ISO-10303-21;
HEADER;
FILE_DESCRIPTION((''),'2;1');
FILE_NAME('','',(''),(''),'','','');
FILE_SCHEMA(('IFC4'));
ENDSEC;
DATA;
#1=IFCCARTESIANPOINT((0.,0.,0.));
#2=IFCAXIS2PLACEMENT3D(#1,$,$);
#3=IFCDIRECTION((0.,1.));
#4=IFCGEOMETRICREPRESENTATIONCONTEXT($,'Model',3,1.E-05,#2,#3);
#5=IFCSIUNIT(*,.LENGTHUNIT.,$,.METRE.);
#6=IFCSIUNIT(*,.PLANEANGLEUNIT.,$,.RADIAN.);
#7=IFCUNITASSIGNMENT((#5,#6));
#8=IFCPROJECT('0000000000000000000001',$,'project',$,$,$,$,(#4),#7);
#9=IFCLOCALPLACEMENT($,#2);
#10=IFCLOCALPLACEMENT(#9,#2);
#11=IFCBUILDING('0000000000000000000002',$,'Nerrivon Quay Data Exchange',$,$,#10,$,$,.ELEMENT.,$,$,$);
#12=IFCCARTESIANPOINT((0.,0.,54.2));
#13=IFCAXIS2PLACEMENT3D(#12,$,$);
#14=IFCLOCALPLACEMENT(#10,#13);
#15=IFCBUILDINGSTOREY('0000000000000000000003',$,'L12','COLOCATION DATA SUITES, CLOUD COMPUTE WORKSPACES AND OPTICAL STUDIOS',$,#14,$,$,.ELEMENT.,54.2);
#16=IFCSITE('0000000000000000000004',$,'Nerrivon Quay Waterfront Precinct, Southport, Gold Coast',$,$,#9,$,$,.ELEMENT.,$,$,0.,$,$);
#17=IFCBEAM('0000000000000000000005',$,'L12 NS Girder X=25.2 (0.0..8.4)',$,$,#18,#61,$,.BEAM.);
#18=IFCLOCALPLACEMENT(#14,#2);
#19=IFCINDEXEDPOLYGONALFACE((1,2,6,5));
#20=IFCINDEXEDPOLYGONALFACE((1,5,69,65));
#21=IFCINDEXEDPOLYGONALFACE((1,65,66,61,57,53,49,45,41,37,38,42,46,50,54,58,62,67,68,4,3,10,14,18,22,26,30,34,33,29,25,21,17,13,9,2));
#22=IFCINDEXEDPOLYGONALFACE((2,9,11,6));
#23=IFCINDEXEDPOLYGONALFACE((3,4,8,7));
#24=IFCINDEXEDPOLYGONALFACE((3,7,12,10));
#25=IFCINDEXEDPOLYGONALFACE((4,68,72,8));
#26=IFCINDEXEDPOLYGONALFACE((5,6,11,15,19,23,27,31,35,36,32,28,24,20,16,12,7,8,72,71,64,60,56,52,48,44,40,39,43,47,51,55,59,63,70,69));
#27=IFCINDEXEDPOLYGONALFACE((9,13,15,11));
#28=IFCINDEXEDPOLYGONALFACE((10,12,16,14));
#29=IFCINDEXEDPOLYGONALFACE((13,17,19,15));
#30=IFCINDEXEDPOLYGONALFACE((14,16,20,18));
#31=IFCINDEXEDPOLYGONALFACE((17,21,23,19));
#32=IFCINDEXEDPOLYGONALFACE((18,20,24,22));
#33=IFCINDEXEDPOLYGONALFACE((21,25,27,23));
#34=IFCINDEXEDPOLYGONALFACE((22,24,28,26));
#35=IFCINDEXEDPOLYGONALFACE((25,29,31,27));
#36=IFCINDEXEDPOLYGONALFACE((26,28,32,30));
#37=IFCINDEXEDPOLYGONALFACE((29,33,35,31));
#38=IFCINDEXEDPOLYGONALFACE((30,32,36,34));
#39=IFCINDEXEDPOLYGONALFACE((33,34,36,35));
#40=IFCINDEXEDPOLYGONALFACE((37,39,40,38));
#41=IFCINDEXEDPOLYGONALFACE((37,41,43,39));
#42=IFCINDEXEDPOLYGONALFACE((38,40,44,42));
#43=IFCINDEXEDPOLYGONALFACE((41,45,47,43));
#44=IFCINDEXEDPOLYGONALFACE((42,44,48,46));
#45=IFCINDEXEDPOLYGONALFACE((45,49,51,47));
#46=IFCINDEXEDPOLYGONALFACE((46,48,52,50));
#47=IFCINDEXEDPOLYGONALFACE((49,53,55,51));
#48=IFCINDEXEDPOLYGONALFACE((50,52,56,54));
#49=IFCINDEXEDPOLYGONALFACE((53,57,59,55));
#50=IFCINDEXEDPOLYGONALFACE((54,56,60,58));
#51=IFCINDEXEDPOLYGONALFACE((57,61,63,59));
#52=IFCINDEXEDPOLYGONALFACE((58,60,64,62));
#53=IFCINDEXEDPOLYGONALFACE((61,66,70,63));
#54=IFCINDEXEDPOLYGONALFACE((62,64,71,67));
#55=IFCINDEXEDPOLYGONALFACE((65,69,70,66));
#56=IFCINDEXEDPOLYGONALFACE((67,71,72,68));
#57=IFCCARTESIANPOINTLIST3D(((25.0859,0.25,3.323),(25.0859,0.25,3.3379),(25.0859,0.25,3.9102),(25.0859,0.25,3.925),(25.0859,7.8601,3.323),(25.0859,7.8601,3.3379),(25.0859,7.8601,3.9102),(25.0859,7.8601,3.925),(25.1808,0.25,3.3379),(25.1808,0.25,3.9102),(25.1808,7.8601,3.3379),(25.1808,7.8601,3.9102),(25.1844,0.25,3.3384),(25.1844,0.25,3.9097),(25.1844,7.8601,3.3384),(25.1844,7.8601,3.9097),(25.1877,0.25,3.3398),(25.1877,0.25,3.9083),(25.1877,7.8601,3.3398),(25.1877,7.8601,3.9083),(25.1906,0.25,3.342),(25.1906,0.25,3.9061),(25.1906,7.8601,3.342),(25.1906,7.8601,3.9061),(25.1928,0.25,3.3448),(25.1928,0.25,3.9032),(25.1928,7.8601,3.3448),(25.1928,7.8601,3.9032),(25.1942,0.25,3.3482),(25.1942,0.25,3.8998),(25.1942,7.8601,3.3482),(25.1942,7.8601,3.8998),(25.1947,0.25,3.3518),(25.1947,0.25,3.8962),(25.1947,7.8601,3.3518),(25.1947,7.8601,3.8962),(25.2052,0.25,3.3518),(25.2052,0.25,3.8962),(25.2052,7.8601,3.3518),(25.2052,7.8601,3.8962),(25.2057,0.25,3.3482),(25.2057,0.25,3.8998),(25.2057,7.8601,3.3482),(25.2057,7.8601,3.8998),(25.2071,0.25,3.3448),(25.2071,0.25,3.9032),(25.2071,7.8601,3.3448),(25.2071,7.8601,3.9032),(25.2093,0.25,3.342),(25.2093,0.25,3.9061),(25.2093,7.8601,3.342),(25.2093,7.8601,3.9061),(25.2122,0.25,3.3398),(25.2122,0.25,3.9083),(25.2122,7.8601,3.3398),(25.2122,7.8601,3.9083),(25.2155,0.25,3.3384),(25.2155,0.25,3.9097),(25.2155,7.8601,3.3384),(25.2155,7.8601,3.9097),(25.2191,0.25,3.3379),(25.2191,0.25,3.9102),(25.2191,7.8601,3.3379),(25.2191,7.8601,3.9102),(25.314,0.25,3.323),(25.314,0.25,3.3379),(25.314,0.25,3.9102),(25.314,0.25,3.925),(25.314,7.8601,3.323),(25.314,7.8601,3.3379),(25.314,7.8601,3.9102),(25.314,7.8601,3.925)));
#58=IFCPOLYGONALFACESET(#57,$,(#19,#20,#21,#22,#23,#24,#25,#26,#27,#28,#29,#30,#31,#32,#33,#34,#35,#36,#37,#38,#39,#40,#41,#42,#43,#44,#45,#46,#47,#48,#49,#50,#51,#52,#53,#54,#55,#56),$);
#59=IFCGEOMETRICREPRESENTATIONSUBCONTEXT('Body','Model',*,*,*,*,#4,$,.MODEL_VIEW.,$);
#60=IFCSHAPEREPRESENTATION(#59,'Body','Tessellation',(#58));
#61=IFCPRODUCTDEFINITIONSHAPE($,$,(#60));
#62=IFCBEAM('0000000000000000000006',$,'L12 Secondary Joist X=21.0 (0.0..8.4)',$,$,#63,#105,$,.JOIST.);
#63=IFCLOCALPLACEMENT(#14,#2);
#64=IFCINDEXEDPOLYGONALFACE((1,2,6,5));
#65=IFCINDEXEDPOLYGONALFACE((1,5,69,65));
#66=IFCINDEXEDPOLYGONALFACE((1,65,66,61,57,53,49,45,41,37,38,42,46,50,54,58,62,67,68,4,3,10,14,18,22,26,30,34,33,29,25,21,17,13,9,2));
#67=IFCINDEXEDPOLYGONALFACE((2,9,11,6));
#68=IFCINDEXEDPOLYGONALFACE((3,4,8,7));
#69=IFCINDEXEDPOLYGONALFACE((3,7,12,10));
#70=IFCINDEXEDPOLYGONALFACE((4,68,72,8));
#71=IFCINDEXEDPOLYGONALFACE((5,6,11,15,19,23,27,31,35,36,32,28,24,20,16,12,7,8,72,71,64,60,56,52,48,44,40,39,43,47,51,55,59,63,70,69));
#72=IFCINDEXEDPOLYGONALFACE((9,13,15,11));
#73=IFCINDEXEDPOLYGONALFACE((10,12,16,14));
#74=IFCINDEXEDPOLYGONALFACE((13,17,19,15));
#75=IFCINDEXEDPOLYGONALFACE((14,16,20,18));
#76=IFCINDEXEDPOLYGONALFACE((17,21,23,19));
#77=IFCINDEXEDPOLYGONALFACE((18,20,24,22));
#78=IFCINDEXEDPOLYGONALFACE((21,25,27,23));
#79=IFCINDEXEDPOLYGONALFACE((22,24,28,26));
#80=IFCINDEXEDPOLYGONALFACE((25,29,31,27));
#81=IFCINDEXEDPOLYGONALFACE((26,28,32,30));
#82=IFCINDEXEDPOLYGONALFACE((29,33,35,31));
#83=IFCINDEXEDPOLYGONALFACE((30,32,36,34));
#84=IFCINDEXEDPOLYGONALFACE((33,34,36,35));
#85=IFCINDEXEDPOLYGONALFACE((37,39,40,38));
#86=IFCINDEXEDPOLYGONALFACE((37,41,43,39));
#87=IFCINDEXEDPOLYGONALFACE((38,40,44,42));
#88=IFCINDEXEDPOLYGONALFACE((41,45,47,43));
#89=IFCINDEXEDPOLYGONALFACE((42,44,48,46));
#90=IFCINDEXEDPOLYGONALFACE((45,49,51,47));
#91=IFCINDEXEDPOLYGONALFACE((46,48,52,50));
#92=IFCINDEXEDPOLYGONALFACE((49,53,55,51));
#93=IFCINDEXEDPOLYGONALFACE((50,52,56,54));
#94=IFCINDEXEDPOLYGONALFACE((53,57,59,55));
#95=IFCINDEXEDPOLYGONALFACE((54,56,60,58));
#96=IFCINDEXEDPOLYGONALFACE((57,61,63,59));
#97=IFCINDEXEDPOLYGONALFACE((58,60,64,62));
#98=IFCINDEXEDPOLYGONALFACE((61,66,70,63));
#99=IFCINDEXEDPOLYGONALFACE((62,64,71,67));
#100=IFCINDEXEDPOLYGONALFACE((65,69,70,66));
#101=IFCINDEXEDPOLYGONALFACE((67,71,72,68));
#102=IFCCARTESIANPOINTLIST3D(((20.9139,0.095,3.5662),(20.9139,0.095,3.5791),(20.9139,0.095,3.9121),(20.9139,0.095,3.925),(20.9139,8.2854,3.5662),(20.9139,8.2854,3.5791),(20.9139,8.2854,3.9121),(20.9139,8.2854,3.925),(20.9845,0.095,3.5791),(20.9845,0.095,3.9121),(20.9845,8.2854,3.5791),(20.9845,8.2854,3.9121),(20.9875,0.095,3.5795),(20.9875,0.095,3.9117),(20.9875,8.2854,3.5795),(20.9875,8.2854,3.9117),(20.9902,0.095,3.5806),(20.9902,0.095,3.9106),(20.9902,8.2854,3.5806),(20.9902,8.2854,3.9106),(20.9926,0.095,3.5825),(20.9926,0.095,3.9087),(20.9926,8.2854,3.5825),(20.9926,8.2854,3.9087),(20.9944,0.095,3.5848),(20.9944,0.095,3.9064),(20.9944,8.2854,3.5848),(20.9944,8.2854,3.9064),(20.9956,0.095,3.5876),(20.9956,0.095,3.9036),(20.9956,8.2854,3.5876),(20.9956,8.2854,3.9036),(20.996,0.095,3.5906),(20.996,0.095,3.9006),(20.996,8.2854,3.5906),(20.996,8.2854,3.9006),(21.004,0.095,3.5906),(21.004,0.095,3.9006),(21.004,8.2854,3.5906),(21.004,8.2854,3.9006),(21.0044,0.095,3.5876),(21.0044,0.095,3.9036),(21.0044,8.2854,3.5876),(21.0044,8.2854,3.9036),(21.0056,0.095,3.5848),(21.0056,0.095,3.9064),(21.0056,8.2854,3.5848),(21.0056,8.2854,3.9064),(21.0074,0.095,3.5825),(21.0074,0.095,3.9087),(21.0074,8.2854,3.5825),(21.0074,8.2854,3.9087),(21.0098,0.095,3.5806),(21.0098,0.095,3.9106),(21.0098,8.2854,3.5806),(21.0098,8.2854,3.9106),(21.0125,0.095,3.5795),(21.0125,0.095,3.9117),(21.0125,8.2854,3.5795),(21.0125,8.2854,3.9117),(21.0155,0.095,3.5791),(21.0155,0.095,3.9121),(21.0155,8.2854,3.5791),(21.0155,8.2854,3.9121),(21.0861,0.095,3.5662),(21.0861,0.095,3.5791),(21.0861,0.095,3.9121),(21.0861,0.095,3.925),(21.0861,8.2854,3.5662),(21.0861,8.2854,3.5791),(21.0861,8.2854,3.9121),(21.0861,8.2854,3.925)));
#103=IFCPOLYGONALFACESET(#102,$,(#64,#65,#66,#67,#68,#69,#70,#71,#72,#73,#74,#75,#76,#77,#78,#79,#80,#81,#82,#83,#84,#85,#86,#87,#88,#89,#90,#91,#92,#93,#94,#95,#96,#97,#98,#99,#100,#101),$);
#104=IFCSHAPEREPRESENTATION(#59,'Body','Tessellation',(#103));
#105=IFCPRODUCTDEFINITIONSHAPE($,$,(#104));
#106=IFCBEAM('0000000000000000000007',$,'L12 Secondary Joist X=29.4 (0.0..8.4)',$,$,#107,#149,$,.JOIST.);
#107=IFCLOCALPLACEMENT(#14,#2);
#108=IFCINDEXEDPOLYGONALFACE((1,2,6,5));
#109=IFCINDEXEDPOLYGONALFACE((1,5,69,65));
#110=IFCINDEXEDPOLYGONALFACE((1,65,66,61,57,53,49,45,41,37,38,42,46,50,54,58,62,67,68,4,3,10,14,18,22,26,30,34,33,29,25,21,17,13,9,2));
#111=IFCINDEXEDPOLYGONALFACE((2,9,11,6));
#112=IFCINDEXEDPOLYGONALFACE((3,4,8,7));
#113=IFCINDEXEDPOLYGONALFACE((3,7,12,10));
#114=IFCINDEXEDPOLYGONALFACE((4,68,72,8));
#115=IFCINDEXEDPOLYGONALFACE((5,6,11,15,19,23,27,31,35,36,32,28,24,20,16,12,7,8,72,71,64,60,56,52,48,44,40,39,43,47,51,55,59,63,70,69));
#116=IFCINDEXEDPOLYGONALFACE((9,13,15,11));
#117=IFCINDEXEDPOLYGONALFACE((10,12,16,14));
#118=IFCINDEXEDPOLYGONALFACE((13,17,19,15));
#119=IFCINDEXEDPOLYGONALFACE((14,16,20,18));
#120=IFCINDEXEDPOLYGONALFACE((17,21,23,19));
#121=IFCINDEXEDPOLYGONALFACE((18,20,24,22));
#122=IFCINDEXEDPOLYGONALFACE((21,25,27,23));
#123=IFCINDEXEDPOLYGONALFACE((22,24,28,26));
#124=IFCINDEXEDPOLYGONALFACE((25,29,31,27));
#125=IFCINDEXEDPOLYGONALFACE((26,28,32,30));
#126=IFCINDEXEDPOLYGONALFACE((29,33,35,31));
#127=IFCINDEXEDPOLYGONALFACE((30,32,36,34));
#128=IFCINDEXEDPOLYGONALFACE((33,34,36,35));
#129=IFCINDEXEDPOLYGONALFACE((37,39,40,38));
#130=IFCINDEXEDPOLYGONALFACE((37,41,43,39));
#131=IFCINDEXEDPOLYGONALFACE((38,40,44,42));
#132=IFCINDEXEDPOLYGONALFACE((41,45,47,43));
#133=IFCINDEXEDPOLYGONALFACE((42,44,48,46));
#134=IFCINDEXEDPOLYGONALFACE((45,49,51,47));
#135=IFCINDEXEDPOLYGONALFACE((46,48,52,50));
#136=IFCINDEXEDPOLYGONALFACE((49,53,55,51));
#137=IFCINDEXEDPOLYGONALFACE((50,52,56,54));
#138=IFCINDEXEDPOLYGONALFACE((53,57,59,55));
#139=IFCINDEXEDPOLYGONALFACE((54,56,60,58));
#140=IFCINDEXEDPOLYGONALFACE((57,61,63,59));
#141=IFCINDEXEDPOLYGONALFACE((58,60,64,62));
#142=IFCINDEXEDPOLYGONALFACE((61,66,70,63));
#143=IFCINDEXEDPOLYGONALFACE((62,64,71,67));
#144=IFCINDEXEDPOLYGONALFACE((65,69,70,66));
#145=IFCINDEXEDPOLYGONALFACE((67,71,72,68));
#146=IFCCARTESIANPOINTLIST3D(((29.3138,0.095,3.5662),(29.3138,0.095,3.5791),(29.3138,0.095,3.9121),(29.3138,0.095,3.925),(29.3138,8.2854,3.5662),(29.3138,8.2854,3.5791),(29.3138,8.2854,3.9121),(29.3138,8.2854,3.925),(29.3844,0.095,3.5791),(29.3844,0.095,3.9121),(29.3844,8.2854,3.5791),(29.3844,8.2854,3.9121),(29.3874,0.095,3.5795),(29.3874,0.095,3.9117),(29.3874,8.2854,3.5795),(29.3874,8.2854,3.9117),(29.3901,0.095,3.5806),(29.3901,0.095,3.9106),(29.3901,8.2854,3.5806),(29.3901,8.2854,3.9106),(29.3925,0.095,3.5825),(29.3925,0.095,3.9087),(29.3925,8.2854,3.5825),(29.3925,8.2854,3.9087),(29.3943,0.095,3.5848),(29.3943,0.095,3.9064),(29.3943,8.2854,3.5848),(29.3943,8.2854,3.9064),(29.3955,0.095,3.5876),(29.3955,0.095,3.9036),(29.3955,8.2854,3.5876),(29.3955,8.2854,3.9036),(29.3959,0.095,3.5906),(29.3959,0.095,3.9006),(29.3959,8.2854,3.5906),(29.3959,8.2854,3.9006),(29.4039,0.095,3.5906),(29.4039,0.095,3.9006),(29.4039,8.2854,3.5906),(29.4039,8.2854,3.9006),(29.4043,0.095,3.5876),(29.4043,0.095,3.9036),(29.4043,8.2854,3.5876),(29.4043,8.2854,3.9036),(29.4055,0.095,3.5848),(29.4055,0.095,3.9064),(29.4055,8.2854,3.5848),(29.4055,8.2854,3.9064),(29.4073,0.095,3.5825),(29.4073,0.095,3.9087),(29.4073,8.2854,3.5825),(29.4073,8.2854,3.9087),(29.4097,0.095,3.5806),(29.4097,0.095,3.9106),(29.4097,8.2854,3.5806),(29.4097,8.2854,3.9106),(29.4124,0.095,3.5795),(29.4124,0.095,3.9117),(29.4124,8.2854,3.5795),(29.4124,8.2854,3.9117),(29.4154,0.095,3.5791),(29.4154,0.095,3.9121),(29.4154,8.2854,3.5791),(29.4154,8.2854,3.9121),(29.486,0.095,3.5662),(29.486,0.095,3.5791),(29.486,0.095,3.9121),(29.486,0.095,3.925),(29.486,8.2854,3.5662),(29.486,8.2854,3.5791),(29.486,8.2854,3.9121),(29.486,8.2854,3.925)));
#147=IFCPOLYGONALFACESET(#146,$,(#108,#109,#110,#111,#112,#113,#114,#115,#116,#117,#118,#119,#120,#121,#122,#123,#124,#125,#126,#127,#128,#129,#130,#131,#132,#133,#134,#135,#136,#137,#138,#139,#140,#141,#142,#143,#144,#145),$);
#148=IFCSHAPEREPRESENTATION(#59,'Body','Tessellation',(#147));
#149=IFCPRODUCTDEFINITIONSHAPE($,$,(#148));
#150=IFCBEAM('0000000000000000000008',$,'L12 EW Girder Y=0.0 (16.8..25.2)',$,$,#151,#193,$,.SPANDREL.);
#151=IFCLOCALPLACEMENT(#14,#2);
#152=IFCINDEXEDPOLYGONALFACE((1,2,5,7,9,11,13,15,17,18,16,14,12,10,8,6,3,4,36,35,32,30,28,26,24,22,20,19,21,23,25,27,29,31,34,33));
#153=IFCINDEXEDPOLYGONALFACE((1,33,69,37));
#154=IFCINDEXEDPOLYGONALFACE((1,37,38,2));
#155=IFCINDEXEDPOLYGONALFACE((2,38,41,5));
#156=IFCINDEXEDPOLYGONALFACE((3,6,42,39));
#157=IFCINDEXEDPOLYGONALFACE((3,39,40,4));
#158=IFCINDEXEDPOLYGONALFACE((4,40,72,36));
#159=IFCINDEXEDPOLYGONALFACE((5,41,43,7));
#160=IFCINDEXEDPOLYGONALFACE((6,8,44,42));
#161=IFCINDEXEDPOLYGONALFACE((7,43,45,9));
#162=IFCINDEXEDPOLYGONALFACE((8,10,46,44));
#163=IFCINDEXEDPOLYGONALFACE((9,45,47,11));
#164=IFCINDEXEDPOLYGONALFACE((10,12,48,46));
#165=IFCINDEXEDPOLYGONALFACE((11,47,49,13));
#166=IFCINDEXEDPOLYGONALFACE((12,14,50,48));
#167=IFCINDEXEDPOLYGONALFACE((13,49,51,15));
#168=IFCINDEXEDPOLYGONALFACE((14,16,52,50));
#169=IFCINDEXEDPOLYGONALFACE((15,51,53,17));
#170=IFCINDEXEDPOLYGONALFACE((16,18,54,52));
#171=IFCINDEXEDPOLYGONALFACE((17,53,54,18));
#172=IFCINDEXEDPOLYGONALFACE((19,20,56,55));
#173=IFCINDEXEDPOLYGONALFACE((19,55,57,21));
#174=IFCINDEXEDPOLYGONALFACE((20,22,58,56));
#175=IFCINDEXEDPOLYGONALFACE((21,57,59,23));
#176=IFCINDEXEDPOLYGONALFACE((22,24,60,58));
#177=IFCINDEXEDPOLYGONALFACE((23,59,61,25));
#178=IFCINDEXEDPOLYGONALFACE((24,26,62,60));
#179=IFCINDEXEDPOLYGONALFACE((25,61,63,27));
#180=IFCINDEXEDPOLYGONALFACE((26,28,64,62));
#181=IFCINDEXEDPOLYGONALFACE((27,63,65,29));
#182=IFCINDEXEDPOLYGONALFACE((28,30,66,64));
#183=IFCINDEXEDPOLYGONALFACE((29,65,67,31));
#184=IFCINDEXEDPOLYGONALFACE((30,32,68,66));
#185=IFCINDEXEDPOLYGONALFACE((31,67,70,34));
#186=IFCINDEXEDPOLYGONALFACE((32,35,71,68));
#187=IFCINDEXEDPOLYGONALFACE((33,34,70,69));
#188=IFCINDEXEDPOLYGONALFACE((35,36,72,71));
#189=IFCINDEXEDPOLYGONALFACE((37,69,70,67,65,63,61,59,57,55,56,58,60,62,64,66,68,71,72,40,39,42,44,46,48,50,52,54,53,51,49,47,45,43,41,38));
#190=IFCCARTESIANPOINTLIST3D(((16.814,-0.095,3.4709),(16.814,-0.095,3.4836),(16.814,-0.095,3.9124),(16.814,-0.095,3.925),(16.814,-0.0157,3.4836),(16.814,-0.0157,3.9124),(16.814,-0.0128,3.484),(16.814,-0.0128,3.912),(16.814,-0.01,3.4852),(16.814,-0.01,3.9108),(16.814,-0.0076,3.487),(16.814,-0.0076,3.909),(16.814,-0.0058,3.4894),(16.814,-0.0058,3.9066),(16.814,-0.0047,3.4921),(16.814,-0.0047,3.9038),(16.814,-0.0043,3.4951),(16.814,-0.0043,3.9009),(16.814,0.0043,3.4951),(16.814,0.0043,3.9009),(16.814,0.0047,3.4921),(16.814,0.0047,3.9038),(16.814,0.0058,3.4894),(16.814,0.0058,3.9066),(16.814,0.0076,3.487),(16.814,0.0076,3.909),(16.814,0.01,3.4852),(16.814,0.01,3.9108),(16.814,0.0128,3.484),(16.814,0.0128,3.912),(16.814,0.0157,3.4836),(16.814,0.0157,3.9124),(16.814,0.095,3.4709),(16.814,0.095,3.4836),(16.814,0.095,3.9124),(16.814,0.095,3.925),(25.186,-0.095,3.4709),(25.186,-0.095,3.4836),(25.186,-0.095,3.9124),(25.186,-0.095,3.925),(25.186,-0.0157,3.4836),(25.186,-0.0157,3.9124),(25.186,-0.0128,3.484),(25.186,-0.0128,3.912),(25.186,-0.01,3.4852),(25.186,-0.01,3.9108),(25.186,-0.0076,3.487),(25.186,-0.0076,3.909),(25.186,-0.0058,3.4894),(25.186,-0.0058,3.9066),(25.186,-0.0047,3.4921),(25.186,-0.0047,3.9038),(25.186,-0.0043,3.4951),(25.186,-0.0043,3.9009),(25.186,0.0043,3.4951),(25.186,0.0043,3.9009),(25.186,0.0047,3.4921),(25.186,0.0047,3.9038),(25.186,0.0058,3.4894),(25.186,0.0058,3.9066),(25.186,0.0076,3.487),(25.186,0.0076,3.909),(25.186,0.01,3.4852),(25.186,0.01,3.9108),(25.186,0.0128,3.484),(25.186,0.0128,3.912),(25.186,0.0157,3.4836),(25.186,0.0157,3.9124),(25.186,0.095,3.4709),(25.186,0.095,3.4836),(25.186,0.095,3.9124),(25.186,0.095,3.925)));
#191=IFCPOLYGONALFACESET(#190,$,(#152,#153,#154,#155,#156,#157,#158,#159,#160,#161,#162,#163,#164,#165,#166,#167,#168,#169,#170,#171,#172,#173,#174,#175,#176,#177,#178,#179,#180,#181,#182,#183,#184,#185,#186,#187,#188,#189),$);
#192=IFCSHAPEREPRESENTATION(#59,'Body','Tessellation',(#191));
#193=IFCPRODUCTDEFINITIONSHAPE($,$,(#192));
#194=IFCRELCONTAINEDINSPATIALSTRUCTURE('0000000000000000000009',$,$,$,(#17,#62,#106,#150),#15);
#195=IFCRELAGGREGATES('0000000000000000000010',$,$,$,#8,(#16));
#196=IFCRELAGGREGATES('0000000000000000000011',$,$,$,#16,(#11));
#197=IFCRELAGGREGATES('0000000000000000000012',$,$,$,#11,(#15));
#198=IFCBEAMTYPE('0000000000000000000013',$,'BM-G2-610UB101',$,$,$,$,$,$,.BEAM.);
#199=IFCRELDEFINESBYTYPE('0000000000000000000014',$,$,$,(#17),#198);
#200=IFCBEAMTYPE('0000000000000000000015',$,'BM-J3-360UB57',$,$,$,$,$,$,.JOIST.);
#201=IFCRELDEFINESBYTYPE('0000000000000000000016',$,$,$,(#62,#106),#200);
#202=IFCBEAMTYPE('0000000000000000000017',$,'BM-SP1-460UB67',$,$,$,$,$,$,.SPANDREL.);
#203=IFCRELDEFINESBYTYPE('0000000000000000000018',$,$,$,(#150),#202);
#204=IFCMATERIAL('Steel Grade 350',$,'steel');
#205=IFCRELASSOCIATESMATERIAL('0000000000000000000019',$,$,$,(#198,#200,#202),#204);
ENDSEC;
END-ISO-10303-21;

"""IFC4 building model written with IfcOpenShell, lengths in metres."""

from ifc_helpers import new_model, si_unit, direction, frame, origin, origin_2d, place, context, subcontext, project, spatial, i_section, extrude, material, material_profile, profile_set, type_object, element, save


model = new_model("IFC4")

# Units and contexts
model_context = context("Model", 3, precision=1e-05, world=origin(), true_north=direction((0.0, 1.0)))
body_context = subcontext(model_context, "Body", "Model", "MODEL_VIEW")
ifc_project = project(units=[si_unit("LENGTHUNIT", "METRE"), si_unit("PLANEANGLEUNIT", "RADIAN")], contexts=[model_context])

# Site, building, storey
site_placement = place(None, origin())
site = spatial("IfcSite", under=ifc_project, at=site_placement, Name="Nerrivon Quay Waterfront Precinct, Southport, Gold Coast", CompositionType="ELEMENT", RefElevation=0.0)
building_placement = place(site_placement, origin())
building = spatial("IfcBuilding", under=site, at=building_placement, Name="Nerrivon Quay Data Exchange", CompositionType="ELEMENT")
storey_placement = place(building_placement, frame((0.0, 0.0, 54.2)))
storey = spatial("IfcBuildingStorey", under=building, at=storey_placement, Name="L12", Description="COLOCATION DATA SUITES, CLOUD COMPUTE WORKSPACES AND OPTICAL STUDIOS", CompositionType="ELEMENT", Elevation=54.2)

# Shared definitions
ifc_material_1 = material(Name="Steel Grade 350", Category="steel")

# Beams
ifc_material_profile_1 = material_profile(ifc_material_1, i_section(OverallWidth=0.228, OverallDepth=0.6021, WebThickness=0.0105, FlangeThickness=0.0149, FilletRadius=0.0139, at=origin_2d()), Name="610UB101")
ifc_profile_set_1 = profile_set([ifc_material_profile_1], Name="Steel Grade 350")
beam_type_1 = type_object("IfcBeamType", Name="BM-G2-610UB101", PredefinedType="BEAM", material=ifc_profile_set_1)
beam_1_placement = place(storey_placement, frame((25.2, 0.25, 3.624), z_axis=(0.0, 1.0, 0.0), x_axis=(-1.0, 0.0, 0.0)))
element("IfcBeam", 1, at=beam_1_placement, inside=storey, type_object=beam_type_1, Name="L12 NS Girder X=25.2 (0.0..8.4)", PredefinedType="BEAM", context=body_context, shape_type="SweptSolid", body=[
    extrude(i_section(OverallWidth=0.228, OverallDepth=0.6021, WebThickness=0.0105, FlangeThickness=0.0149, FilletRadius=0.0139, at=origin_2d()), origin(), (0.0, 0.0, 1.0), 7.6101),
])
ifc_material_profile_2 = material_profile(ifc_material_1, i_section(OverallWidth=0.1721, OverallDepth=0.3589, WebThickness=0.0081, FlangeThickness=0.0129, FilletRadius=0.0115, at=origin_2d()), Name="360UB56.7")
ifc_profile_set_2 = profile_set([ifc_material_profile_2], Name="Steel Grade 350")
beam_type_2 = type_object("IfcBeamType", Name="BM-J3-360UB57", PredefinedType="JOIST", material=ifc_profile_set_2)
for number, where, z_axis, x_axis, name in (
    (2, (21.0, 0.095, 3.7456), (0.0, 1.0, 0.0), (-1.0, 0.0, 0.0), "L12 Secondary Joist X=21.0 (0.0..8.4)"),
    (3, (29.3999, 0.095, 3.7456), (0.0, 1.0, 0.0), (-1.0, 0.0, 0.0), "L12 Secondary Joist X=29.4 (0.0..8.4)"),
):
    element("IfcBeam", number, at=place(storey_placement, frame(where, z_axis=z_axis, x_axis=x_axis)), inside=storey, type_object=beam_type_2, Name=name, PredefinedType="JOIST", context=body_context, shape_type="SweptSolid", body=[
        extrude(i_section(OverallWidth=0.1721, OverallDepth=0.3589, WebThickness=0.0081, FlangeThickness=0.0129, FilletRadius=0.0115, at=origin_2d()), origin(), (0.0, 0.0, 1.0), 8.1904),
    ])
ifc_material_profile_3 = material_profile(ifc_material_1, i_section(OverallWidth=0.1899, OverallDepth=0.4541, WebThickness=0.0085, FlangeThickness=0.0127, FilletRadius=0.0115, at=origin_2d()), Name="460UB67.1")
ifc_profile_set_3 = profile_set([ifc_material_profile_3], Name="Steel Grade 350")
beam_type_3 = type_object("IfcBeamType", Name="BM-SP1-460UB67", PredefinedType="SPANDREL", material=ifc_profile_set_3)
beam_2_placement = place(storey_placement, frame((16.814, 0.0, 3.698), z_axis=(1.0, 0.0, 0.0), x_axis=(0.0, 1.0, 0.0)))
element("IfcBeam", 4, at=beam_2_placement, inside=storey, type_object=beam_type_3, Name="L12 EW Girder Y=0.0 (16.8..25.2)", PredefinedType="SPANDREL", context=body_context, shape_type="SweptSolid", body=[
    extrude(i_section(OverallWidth=0.1899, OverallDepth=0.4541, WebThickness=0.0085, FlangeThickness=0.0127, FilletRadius=0.0115, at=origin_2d()), origin(), (0.0, 0.0, 1.0), 8.3721),
])

save(model, "model.ifc")
